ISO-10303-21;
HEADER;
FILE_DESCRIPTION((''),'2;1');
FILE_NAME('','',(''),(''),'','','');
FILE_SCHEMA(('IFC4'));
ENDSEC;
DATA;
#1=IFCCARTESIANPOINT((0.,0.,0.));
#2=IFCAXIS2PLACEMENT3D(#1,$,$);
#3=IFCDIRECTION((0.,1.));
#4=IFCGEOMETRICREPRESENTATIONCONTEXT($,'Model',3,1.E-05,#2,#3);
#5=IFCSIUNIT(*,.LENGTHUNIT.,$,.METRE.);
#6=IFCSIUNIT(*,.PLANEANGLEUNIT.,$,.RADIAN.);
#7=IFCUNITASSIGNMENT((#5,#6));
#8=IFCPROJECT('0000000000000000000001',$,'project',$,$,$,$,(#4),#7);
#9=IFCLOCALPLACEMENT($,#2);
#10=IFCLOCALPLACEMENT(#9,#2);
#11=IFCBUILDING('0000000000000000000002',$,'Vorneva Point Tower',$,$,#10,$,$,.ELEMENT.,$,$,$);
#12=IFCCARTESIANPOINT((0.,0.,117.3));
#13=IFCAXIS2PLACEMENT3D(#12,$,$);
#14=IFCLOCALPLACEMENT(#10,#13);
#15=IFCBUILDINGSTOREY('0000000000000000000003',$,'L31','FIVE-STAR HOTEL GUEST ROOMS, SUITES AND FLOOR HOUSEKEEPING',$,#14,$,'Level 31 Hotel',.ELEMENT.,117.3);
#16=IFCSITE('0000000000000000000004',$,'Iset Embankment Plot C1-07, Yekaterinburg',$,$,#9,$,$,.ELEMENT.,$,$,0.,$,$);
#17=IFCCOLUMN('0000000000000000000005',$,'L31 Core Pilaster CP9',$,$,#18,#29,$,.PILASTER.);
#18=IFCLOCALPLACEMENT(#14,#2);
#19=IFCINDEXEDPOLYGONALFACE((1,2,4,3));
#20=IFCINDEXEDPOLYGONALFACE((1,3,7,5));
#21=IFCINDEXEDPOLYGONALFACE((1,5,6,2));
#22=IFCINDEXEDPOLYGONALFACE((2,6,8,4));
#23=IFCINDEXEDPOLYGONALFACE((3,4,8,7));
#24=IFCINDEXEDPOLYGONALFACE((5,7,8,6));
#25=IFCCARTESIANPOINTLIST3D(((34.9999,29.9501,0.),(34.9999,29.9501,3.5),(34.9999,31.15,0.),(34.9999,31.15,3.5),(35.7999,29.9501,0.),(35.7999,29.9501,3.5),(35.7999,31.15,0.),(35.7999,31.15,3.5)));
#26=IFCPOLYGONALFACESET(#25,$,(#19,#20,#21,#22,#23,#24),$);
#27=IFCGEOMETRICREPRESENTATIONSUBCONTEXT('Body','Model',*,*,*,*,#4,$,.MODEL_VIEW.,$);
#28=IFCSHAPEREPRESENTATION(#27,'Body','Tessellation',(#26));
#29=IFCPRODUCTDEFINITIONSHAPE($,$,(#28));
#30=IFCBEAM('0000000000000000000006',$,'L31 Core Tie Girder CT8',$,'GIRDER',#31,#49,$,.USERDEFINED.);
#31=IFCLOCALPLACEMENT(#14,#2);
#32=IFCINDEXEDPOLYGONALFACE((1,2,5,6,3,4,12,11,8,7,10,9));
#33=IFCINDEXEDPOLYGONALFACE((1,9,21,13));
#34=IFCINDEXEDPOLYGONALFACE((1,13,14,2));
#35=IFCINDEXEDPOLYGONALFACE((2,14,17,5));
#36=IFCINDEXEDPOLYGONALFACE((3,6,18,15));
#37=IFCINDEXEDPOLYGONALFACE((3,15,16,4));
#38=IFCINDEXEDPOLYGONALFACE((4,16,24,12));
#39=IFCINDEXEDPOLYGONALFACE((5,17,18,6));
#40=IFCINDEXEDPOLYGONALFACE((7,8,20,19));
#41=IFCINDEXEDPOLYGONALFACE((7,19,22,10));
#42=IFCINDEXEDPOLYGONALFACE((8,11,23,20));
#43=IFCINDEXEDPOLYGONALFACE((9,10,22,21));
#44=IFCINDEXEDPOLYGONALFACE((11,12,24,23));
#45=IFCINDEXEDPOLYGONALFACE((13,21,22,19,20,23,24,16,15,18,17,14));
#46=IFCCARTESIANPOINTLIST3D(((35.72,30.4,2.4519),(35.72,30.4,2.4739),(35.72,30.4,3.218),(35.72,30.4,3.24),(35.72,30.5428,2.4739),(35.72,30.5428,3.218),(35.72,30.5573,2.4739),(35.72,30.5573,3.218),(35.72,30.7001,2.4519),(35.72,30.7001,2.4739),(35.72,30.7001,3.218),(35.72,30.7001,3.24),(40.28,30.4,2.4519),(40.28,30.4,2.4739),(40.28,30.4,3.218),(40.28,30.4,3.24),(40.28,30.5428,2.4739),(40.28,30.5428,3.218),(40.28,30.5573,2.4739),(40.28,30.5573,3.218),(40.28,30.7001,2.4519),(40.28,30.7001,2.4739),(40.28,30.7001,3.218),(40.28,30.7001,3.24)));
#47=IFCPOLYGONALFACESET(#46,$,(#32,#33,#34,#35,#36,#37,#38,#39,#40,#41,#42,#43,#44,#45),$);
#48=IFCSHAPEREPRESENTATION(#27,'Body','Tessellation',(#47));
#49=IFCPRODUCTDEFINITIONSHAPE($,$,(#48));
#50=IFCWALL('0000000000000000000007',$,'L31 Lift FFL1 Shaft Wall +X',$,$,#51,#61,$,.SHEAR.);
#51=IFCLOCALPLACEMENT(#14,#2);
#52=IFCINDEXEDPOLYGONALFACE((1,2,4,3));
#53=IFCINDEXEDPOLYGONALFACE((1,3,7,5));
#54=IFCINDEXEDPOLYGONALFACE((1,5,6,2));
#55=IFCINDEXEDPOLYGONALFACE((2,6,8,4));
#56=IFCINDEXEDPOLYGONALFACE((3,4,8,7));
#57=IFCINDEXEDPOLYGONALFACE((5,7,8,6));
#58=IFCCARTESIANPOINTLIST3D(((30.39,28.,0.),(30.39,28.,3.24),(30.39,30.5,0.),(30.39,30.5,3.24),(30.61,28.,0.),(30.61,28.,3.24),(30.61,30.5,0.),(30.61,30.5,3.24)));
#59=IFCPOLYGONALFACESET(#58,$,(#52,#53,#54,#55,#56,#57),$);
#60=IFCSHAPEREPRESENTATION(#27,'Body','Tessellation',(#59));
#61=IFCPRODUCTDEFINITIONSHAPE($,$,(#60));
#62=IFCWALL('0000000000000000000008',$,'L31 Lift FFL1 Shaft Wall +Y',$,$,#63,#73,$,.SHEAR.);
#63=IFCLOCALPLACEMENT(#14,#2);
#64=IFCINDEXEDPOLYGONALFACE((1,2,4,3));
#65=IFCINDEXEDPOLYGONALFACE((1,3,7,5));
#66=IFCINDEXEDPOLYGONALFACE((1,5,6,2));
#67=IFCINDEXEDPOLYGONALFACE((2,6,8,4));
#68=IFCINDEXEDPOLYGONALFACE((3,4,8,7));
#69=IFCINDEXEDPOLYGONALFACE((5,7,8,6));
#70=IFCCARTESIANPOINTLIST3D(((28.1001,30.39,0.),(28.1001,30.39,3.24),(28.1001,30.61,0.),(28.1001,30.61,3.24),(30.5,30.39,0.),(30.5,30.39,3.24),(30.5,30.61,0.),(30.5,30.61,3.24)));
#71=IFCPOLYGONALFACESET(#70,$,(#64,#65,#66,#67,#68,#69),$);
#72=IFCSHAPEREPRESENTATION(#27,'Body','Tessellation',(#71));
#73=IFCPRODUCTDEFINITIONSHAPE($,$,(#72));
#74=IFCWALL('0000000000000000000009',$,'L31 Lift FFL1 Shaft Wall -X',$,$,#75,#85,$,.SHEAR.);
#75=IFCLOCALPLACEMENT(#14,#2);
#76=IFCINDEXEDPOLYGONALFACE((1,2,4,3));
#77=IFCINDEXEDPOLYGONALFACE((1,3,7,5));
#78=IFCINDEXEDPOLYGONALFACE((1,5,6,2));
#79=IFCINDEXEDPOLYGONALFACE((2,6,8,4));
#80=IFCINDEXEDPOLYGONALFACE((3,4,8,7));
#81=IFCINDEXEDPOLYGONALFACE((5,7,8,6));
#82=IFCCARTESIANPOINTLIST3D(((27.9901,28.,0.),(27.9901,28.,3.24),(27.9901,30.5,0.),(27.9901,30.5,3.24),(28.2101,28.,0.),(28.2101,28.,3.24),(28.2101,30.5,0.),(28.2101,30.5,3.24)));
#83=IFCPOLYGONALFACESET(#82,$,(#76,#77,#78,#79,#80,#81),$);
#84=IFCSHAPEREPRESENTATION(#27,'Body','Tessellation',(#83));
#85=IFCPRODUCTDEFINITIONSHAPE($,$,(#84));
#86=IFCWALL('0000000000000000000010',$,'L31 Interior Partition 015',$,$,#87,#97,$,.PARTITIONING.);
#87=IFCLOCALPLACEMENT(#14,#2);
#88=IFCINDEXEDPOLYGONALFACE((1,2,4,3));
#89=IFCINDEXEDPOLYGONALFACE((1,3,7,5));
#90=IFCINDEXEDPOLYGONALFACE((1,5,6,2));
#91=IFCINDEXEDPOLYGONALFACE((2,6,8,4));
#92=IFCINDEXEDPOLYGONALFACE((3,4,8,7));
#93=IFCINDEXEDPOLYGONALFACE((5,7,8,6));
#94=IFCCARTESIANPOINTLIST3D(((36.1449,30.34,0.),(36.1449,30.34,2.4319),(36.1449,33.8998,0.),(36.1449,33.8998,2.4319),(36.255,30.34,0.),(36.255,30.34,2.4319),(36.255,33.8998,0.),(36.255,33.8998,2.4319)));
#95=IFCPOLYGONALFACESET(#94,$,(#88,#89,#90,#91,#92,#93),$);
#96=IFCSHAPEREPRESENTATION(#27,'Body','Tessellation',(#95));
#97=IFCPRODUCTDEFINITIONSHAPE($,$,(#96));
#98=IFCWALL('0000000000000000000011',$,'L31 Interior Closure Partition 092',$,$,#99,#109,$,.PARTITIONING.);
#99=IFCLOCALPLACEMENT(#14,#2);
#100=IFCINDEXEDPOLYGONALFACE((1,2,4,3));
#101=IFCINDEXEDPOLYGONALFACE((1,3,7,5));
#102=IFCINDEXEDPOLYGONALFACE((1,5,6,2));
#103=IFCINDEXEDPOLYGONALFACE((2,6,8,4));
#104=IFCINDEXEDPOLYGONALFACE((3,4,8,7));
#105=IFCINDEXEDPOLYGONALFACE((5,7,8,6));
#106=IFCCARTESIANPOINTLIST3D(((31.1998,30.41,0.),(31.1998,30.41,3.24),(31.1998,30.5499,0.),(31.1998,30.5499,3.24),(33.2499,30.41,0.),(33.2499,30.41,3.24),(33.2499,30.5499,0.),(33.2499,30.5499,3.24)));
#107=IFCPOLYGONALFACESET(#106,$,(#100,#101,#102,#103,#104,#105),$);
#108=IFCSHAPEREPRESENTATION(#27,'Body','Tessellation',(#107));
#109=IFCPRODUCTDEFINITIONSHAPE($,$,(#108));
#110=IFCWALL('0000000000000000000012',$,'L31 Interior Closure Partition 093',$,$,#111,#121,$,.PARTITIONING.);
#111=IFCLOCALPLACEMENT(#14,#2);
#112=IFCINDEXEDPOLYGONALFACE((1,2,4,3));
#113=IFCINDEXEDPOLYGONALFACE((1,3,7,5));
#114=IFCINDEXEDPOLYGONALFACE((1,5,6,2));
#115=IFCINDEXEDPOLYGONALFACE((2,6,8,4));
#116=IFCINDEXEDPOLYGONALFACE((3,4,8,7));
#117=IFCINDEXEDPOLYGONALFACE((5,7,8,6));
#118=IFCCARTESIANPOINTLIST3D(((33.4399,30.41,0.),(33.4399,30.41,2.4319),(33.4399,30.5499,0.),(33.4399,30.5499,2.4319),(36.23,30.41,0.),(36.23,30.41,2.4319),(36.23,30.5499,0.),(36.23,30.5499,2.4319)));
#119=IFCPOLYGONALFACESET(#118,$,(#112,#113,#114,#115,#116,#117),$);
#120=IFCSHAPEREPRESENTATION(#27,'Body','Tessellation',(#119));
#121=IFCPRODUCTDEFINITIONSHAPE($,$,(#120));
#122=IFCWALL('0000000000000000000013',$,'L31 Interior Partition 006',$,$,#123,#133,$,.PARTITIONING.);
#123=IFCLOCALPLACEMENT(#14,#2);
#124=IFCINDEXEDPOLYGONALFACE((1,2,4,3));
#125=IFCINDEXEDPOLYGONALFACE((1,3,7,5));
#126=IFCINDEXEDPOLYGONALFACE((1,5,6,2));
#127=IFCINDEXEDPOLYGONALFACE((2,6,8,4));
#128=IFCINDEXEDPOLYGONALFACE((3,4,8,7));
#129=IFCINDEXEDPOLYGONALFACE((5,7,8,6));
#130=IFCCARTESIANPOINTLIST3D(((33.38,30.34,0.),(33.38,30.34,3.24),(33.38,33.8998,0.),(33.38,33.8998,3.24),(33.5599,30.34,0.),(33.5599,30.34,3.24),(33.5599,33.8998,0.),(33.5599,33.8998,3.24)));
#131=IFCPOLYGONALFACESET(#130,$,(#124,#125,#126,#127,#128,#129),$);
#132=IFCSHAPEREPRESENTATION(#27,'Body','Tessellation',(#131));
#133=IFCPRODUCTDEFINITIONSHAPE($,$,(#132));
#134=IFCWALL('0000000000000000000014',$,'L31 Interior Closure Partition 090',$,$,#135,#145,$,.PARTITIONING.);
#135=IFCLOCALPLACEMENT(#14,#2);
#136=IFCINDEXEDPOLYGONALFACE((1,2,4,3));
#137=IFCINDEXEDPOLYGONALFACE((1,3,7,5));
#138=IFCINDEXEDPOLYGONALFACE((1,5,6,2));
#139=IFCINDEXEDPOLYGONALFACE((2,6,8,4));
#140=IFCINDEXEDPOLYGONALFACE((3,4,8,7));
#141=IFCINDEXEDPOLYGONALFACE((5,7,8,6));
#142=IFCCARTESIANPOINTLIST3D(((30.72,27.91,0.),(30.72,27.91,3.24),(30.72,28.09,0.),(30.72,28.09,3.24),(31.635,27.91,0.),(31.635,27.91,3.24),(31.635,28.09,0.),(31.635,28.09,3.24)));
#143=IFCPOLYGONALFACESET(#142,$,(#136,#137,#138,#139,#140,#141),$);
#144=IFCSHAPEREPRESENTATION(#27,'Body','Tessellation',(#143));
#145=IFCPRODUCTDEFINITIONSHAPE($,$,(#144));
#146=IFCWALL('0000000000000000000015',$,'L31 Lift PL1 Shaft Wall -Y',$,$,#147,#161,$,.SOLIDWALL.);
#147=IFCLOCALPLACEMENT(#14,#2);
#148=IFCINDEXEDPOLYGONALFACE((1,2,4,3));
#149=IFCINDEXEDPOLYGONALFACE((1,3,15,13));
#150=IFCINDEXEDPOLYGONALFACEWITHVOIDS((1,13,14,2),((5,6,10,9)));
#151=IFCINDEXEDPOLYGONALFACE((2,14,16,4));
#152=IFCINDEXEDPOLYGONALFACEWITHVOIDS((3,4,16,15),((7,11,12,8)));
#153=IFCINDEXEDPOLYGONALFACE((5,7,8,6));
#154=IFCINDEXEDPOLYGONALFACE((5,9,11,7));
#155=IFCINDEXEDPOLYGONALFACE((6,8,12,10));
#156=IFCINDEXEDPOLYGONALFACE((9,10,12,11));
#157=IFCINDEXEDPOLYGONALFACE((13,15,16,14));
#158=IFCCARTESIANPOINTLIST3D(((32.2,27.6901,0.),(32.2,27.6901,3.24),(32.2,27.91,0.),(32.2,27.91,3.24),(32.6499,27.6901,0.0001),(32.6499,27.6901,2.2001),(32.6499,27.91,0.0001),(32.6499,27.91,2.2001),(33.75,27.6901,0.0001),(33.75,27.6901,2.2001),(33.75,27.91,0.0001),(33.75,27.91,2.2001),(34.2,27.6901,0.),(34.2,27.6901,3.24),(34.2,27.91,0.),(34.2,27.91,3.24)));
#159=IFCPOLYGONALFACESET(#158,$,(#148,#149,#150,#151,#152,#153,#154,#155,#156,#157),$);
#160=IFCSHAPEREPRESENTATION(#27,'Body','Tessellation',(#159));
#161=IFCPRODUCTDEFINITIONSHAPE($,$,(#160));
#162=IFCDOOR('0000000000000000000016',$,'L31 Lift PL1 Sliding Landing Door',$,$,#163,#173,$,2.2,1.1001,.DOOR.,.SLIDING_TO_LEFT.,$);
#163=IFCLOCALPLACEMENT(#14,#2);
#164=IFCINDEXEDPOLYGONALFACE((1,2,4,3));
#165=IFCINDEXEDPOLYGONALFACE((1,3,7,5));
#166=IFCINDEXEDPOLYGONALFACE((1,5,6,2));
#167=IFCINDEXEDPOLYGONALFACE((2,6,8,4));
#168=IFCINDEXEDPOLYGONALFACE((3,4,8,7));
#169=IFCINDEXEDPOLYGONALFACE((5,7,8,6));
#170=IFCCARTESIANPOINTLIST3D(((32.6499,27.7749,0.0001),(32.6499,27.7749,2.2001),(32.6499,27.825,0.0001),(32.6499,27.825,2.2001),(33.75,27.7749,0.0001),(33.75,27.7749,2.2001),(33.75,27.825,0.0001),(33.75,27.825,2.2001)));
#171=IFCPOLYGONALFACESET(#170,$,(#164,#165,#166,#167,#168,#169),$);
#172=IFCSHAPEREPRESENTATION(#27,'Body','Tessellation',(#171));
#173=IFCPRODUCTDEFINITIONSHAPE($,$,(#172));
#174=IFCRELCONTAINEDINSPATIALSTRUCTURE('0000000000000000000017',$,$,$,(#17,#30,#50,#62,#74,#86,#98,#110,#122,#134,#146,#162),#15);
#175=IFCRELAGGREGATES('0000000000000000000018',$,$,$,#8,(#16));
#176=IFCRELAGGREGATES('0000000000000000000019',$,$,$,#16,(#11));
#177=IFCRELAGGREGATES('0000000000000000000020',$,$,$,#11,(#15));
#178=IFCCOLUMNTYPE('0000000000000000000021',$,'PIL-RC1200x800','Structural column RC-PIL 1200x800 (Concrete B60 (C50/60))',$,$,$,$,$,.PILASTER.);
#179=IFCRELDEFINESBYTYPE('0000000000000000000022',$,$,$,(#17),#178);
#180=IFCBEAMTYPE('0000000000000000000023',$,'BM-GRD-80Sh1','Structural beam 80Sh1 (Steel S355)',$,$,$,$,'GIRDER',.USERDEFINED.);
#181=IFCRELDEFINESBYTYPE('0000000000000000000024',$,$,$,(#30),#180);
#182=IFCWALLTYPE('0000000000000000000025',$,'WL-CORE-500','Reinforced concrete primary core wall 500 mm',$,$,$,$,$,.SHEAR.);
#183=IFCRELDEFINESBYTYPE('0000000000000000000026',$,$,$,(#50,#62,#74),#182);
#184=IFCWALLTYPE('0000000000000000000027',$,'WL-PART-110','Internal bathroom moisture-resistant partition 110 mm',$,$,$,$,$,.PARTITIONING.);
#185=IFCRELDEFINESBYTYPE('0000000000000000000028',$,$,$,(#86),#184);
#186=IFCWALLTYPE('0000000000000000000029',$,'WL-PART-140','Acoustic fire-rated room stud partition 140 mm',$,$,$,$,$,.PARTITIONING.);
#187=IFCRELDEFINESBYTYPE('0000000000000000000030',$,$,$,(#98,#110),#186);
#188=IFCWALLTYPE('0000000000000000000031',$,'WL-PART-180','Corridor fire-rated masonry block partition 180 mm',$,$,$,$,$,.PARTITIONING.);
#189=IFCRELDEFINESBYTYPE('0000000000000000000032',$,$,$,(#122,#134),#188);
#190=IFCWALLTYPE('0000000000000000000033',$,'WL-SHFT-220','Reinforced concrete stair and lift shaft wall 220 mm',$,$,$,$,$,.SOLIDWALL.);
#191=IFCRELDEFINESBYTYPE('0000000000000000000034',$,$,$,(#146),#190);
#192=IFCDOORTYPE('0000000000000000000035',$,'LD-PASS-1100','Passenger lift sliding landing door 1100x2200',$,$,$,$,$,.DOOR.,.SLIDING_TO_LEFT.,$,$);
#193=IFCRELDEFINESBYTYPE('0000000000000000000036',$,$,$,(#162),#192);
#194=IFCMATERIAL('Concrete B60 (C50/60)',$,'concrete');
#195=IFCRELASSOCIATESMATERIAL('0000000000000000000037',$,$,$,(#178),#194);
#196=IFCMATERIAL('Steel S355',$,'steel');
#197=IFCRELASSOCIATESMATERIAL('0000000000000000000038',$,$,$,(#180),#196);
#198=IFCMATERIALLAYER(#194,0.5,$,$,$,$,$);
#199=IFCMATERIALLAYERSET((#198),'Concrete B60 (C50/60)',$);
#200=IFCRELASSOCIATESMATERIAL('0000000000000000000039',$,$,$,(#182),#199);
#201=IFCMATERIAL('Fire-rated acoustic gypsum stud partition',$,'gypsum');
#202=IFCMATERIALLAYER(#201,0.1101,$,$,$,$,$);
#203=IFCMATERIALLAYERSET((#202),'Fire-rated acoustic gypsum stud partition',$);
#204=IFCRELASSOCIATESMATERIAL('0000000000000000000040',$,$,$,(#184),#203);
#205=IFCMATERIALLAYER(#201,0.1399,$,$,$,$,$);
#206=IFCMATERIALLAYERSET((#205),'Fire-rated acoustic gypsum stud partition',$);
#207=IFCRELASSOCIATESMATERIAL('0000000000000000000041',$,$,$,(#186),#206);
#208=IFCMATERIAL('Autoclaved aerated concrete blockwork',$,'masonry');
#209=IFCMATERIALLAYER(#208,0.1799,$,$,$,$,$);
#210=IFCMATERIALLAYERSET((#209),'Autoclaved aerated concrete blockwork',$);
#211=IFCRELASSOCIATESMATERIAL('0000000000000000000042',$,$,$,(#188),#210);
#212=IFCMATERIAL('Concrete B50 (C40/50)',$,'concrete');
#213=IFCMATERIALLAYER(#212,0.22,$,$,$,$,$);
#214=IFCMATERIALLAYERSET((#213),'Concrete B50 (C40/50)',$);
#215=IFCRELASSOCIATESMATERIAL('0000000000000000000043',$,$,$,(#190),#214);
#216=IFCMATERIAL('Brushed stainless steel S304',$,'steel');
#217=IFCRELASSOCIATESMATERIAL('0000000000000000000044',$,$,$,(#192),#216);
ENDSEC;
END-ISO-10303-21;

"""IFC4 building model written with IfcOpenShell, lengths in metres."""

from ifc_helpers import new_model, si_unit, direction, frame, frame_2d, origin, origin_2d, place, context, subcontext, project, spatial, rectangle, i_section, extrude, material, layer, layer_set, material_profile, profile_set, type_object, element, fill, save


model = new_model("IFC4")

# Units and contexts
model_context = context("Model", 3, precision=1e-05, world=origin(), true_north=direction((0.0, 1.0)))
body_context = subcontext(model_context, "Body", "Model", "MODEL_VIEW")
ifc_project = project(units=[si_unit("LENGTHUNIT", "METRE"), si_unit("PLANEANGLEUNIT", "RADIAN")], contexts=[model_context])

# Site, building, storey
site_placement = place(None, origin())
site = spatial("IfcSite", under=ifc_project, at=site_placement, Name="Iset Embankment Plot C1-07, Yekaterinburg", CompositionType="ELEMENT", RefElevation=0.0)
building_placement = place(site_placement, origin())
building = spatial("IfcBuilding", under=site, at=building_placement, Name="Vorneva Point Tower", CompositionType="ELEMENT")
storey_placement = place(building_placement, frame((0.0, 0.0, 117.3)))
storey = spatial("IfcBuildingStorey", under=building, at=storey_placement, Name="L31", Description="FIVE-STAR HOTEL GUEST ROOMS, SUITES AND FLOOR HOUSEKEEPING", LongName="Level 31 Hotel", CompositionType="ELEMENT", Elevation=117.3)

# Column
ifc_material_1 = material(Name="Concrete B60 (C50/60)", Category="concrete")
ifc_material_profile_1 = material_profile(ifc_material_1, rectangle(XDim=0.8, YDim=1.2, at=origin_2d()), Name="RC-PIL 1200x800")
ifc_profile_set_1 = profile_set([ifc_material_profile_1], Name="Concrete B60 (C50/60)")
column_type = type_object("IfcColumnType", Name="PIL-RC1200x800", Description="Structural column RC-PIL 1200x800 (Concrete B60 (C50/60))", PredefinedType="PILASTER", material=ifc_profile_set_1)
column_placement = place(storey_placement, frame((35.3999, 30.55, 0.0), z_axis=(0.0, 0.0, 1.0), x_axis=(1.0, 0.0, 0.0)))
element("IfcColumn", 1, at=column_placement, inside=storey, type_object=column_type, Name="L31 Core Pilaster CP9", PredefinedType="PILASTER", context=body_context, shape_type="SweptSolid", body=[
    extrude(rectangle(XDim=0.8, YDim=1.2, at=origin_2d()), origin(), (0.0, 0.0, 1.0), 3.5),
])

# Beam
ifc_material_2 = material(Name="Steel S355", Category="steel")
ifc_material_profile_2 = material_profile(ifc_material_2, i_section(OverallWidth=0.3, OverallDepth=0.7881, WebThickness=0.0144, FlangeThickness=0.022, at=origin_2d()), Name="80Sh1")
ifc_profile_set_2 = profile_set([ifc_material_profile_2], Name="Steel S355")
beam_type = type_object("IfcBeamType", Name="BM-GRD-80Sh1", Description="Structural beam 80Sh1 (Steel S355)", ElementType="GIRDER", PredefinedType="USERDEFINED", material=ifc_profile_set_2)
beam_placement = place(storey_placement, frame((35.72, 30.55, 2.8459), z_axis=(1.0, 0.0, 0.0), x_axis=(0.0, 1.0, 0.0)))
element("IfcBeam", 2, at=beam_placement, inside=storey, type_object=beam_type, Name="L31 Core Tie Girder CT8", ObjectType="GIRDER", PredefinedType="USERDEFINED", context=body_context, shape_type="SweptSolid", body=[
    extrude(i_section(OverallWidth=0.3, OverallDepth=0.7881, WebThickness=0.0144, FlangeThickness=0.022, at=origin_2d()), origin(), (0.0, 0.0, 1.0), 4.5601),
])

# Walls
ifc_layer_1 = layer(ifc_material_1, 0.5)
ifc_layer_set_1 = layer_set([ifc_layer_1], Name="Concrete B60 (C50/60)")
wall_type_1 = type_object("IfcWallType", Name="WL-CORE-500", Description="Reinforced concrete primary core wall 500 mm", PredefinedType="SHEAR", material=ifc_layer_set_1)
wall_1_placement = place(storey_placement, frame((30.5, 28.0, 0.0), z_axis=(0.0, 0.0, 1.0), x_axis=(0.0, 1.0, 0.0)))
element("IfcWall", 3, at=wall_1_placement, inside=storey, type_object=wall_type_1, Name="L31 Lift FFL1 Shaft Wall +X", PredefinedType="SHEAR", context=body_context, shape_type="SweptSolid", body=[
    extrude(rectangle(XDim=2.5, YDim=0.22, at=frame_2d((1.25, 0.0))), origin(), (0.0, 0.0, 1.0), 3.24),
])
wall_2_placement = place(storey_placement, frame((30.5, 30.5, 0.0), z_axis=(0.0, 0.0, 1.0), x_axis=(-1.0, 0.0, 0.0)))
element("IfcWall", 4, at=wall_2_placement, inside=storey, type_object=wall_type_1, Name="L31 Lift FFL1 Shaft Wall +Y", PredefinedType="SHEAR", context=body_context, shape_type="SweptSolid", body=[
    extrude(rectangle(XDim=2.3999, YDim=0.22, at=frame_2d((1.2, 0.0))), origin(), (0.0, 0.0, 1.0), 3.24),
])
wall_3_placement = place(storey_placement, frame((28.1001, 30.5, 0.0), z_axis=(0.0, 0.0, 1.0), x_axis=(0.0, -1.0, 0.0)))
element("IfcWall", 5, at=wall_3_placement, inside=storey, type_object=wall_type_1, Name="L31 Lift FFL1 Shaft Wall -X", PredefinedType="SHEAR", context=body_context, shape_type="SweptSolid", body=[
    extrude(rectangle(XDim=2.5, YDim=0.22, at=frame_2d((1.25, 0.0))), origin(), (0.0, 0.0, 1.0), 3.24),
])
ifc_material_3 = material(Name="Fire-rated acoustic gypsum stud partition", Category="gypsum")
ifc_layer_2 = layer(ifc_material_3, 0.1101)
ifc_layer_set_2 = layer_set([ifc_layer_2], Name="Fire-rated acoustic gypsum stud partition")
wall_type_2 = type_object("IfcWallType", Name="WL-PART-110", Description="Internal bathroom moisture-resistant partition 110 mm", PredefinedType="PARTITIONING", material=ifc_layer_set_2)
wall_4_placement = place(storey_placement, frame((36.2, 30.3401, 0.0), z_axis=(0.0, 0.0, 1.0), x_axis=(0.0, 1.0, 0.0)))
element("IfcWall", 6, at=wall_4_placement, inside=storey, type_object=wall_type_2, Name="L31 Interior Partition 015", PredefinedType="PARTITIONING", context=body_context, shape_type="SweptSolid", body=[
    extrude(rectangle(XDim=3.5598, YDim=0.1101, at=frame_2d((1.7798, 0.0))), origin(), (0.0, 0.0, 1.0), 2.4319),
])
ifc_layer_3 = layer(ifc_material_3, 0.1399)
ifc_layer_set_3 = layer_set([ifc_layer_3], Name="Fire-rated acoustic gypsum stud partition")
wall_type_3 = type_object("IfcWallType", Name="WL-PART-140", Description="Acoustic fire-rated room stud partition 140 mm", PredefinedType="PARTITIONING", material=ifc_layer_set_3)
wall_5_placement = place(storey_placement, frame((31.2, 30.48, 0.0), z_axis=(0.0, 0.0, 1.0), x_axis=(1.0, 0.0, 0.0)))
element("IfcWall", 7, at=wall_5_placement, inside=storey, type_object=wall_type_3, Name="L31 Interior Closure Partition 092", PredefinedType="PARTITIONING", context=body_context, shape_type="SweptSolid", body=[
    extrude(rectangle(XDim=2.05, YDim=0.1399, at=frame_2d((1.0249, 0.0))), origin(), (0.0, 0.0, 1.0), 3.24),
])
wall_6_placement = place(storey_placement, frame((33.4399, 30.48, 0.0), z_axis=(0.0, 0.0, 1.0), x_axis=(1.0, 0.0, 0.0)))
element("IfcWall", 8, at=wall_6_placement, inside=storey, type_object=wall_type_3, Name="L31 Interior Closure Partition 093", PredefinedType="PARTITIONING", context=body_context, shape_type="SweptSolid", body=[
    extrude(rectangle(XDim=2.79, YDim=0.1399, at=frame_2d((1.395, 0.0))), origin(), (0.0, 0.0, 1.0), 2.4319),
])
ifc_material_4 = material(Name="Autoclaved aerated concrete blockwork", Category="masonry")
ifc_layer_4 = layer(ifc_material_4, 0.1799)
ifc_layer_set_4 = layer_set([ifc_layer_4], Name="Autoclaved aerated concrete blockwork")
wall_type_4 = type_object("IfcWallType", Name="WL-PART-180", Description="Corridor fire-rated masonry block partition 180 mm", PredefinedType="PARTITIONING", material=ifc_layer_set_4)
wall_7_placement = place(storey_placement, frame((33.47, 30.3401, 0.0), z_axis=(0.0, 0.0, 1.0), x_axis=(0.0, 1.0, 0.0)))
element("IfcWall", 9, at=wall_7_placement, inside=storey, type_object=wall_type_4, Name="L31 Interior Partition 006", PredefinedType="PARTITIONING", context=body_context, shape_type="SweptSolid", body=[
    extrude(rectangle(XDim=3.5598, YDim=0.1799, at=frame_2d((1.7798, 0.0))), origin(), (0.0, 0.0, 1.0), 3.24),
])
wall_8_placement = place(storey_placement, frame((31.635, 28.0, 0.0), z_axis=(0.0, 0.0, 1.0), x_axis=(-1.0, 0.0, 0.0)))
element("IfcWall", 10, at=wall_8_placement, inside=storey, type_object=wall_type_4, Name="L31 Interior Closure Partition 090", PredefinedType="PARTITIONING", context=body_context, shape_type="SweptSolid", body=[
    extrude(rectangle(XDim=0.915, YDim=0.1799, at=frame_2d((0.4575, 0.0))), origin(), (0.0, 0.0, 1.0), 3.24),
])

# Wall, opening, door
ifc_material_5 = material(Name="Concrete B50 (C40/50)", Category="concrete")
ifc_layer_5 = layer(ifc_material_5, 0.22)
ifc_layer_set_5 = layer_set([ifc_layer_5], Name="Concrete B50 (C40/50)")
wall_type_5 = type_object("IfcWallType", Name="WL-SHFT-220", Description="Reinforced concrete stair and lift shaft wall 220 mm", PredefinedType="SOLIDWALL", material=ifc_layer_set_5)
wall_9_placement = place(storey_placement, frame((32.2, 27.8, 0.0), z_axis=(0.0, 0.0, 1.0), x_axis=(1.0, 0.0, 0.0)))
wall_9 = element("IfcWall", 11, at=wall_9_placement, inside=storey, type_object=wall_type_5, Name="L31 Lift PL1 Shaft Wall -Y", PredefinedType="SOLIDWALL", context=body_context, shape_type="SweptSolid", body=[
    extrude(rectangle(XDim=2.0, YDim=0.22, at=frame_2d((1.0, 0.0))), origin(), (0.0, 0.0, 1.0), 3.24),
])
opening_1_placement = place(wall_9_placement, frame((0.45, 0.0, 0.0)))
opening_1 = element("IfcOpeningElement", 12, at=opening_1_placement, cuts=wall_9, PredefinedType="OPENING", context=body_context, shape_type="SweptSolid", body=[
    extrude(rectangle(XDim=1.1001, YDim=2.2, at=frame_2d((0.55, 1.1001))), frame((0.0, 0.125, 0.0), z_axis=(0.0, -1.0, 0.0), x_axis=(1.0, 0.0, 0.0)), (0.0, 0.0, 1.0), 0.2498),
])
ifc_material_6 = material(Name="Brushed stainless steel S304", Category="steel")
door_type = type_object("IfcDoorType", Name="LD-PASS-1100", Description="Passenger lift sliding landing door 1100x2200", OperationType="SLIDING_TO_LEFT", PredefinedType="DOOR", material=ifc_material_6)
door_1_placement = place(opening_1_placement, origin())
door_1 = element("IfcDoor", 13, at=door_1_placement, inside=storey, type_object=door_type, Name="L31 Lift PL1 Sliding Landing Door", OperationType="SLIDING_TO_LEFT", OverallHeight=2.2, OverallWidth=1.1001, PredefinedType="DOOR", context=body_context, shape_type="SweptSolid", body=[
    extrude(rectangle(XDim=1.1001, YDim=2.2, at=frame_2d((0.55, 1.1001))), frame((0.0, 0.0249, 0.0), z_axis=(0.0, -1.0, 0.0), x_axis=(1.0, 0.0, 0.0)), (0.0, 0.0, 1.0), 0.05),
])
fill(opening_1, door_1)

save(model, "model.ifc")
